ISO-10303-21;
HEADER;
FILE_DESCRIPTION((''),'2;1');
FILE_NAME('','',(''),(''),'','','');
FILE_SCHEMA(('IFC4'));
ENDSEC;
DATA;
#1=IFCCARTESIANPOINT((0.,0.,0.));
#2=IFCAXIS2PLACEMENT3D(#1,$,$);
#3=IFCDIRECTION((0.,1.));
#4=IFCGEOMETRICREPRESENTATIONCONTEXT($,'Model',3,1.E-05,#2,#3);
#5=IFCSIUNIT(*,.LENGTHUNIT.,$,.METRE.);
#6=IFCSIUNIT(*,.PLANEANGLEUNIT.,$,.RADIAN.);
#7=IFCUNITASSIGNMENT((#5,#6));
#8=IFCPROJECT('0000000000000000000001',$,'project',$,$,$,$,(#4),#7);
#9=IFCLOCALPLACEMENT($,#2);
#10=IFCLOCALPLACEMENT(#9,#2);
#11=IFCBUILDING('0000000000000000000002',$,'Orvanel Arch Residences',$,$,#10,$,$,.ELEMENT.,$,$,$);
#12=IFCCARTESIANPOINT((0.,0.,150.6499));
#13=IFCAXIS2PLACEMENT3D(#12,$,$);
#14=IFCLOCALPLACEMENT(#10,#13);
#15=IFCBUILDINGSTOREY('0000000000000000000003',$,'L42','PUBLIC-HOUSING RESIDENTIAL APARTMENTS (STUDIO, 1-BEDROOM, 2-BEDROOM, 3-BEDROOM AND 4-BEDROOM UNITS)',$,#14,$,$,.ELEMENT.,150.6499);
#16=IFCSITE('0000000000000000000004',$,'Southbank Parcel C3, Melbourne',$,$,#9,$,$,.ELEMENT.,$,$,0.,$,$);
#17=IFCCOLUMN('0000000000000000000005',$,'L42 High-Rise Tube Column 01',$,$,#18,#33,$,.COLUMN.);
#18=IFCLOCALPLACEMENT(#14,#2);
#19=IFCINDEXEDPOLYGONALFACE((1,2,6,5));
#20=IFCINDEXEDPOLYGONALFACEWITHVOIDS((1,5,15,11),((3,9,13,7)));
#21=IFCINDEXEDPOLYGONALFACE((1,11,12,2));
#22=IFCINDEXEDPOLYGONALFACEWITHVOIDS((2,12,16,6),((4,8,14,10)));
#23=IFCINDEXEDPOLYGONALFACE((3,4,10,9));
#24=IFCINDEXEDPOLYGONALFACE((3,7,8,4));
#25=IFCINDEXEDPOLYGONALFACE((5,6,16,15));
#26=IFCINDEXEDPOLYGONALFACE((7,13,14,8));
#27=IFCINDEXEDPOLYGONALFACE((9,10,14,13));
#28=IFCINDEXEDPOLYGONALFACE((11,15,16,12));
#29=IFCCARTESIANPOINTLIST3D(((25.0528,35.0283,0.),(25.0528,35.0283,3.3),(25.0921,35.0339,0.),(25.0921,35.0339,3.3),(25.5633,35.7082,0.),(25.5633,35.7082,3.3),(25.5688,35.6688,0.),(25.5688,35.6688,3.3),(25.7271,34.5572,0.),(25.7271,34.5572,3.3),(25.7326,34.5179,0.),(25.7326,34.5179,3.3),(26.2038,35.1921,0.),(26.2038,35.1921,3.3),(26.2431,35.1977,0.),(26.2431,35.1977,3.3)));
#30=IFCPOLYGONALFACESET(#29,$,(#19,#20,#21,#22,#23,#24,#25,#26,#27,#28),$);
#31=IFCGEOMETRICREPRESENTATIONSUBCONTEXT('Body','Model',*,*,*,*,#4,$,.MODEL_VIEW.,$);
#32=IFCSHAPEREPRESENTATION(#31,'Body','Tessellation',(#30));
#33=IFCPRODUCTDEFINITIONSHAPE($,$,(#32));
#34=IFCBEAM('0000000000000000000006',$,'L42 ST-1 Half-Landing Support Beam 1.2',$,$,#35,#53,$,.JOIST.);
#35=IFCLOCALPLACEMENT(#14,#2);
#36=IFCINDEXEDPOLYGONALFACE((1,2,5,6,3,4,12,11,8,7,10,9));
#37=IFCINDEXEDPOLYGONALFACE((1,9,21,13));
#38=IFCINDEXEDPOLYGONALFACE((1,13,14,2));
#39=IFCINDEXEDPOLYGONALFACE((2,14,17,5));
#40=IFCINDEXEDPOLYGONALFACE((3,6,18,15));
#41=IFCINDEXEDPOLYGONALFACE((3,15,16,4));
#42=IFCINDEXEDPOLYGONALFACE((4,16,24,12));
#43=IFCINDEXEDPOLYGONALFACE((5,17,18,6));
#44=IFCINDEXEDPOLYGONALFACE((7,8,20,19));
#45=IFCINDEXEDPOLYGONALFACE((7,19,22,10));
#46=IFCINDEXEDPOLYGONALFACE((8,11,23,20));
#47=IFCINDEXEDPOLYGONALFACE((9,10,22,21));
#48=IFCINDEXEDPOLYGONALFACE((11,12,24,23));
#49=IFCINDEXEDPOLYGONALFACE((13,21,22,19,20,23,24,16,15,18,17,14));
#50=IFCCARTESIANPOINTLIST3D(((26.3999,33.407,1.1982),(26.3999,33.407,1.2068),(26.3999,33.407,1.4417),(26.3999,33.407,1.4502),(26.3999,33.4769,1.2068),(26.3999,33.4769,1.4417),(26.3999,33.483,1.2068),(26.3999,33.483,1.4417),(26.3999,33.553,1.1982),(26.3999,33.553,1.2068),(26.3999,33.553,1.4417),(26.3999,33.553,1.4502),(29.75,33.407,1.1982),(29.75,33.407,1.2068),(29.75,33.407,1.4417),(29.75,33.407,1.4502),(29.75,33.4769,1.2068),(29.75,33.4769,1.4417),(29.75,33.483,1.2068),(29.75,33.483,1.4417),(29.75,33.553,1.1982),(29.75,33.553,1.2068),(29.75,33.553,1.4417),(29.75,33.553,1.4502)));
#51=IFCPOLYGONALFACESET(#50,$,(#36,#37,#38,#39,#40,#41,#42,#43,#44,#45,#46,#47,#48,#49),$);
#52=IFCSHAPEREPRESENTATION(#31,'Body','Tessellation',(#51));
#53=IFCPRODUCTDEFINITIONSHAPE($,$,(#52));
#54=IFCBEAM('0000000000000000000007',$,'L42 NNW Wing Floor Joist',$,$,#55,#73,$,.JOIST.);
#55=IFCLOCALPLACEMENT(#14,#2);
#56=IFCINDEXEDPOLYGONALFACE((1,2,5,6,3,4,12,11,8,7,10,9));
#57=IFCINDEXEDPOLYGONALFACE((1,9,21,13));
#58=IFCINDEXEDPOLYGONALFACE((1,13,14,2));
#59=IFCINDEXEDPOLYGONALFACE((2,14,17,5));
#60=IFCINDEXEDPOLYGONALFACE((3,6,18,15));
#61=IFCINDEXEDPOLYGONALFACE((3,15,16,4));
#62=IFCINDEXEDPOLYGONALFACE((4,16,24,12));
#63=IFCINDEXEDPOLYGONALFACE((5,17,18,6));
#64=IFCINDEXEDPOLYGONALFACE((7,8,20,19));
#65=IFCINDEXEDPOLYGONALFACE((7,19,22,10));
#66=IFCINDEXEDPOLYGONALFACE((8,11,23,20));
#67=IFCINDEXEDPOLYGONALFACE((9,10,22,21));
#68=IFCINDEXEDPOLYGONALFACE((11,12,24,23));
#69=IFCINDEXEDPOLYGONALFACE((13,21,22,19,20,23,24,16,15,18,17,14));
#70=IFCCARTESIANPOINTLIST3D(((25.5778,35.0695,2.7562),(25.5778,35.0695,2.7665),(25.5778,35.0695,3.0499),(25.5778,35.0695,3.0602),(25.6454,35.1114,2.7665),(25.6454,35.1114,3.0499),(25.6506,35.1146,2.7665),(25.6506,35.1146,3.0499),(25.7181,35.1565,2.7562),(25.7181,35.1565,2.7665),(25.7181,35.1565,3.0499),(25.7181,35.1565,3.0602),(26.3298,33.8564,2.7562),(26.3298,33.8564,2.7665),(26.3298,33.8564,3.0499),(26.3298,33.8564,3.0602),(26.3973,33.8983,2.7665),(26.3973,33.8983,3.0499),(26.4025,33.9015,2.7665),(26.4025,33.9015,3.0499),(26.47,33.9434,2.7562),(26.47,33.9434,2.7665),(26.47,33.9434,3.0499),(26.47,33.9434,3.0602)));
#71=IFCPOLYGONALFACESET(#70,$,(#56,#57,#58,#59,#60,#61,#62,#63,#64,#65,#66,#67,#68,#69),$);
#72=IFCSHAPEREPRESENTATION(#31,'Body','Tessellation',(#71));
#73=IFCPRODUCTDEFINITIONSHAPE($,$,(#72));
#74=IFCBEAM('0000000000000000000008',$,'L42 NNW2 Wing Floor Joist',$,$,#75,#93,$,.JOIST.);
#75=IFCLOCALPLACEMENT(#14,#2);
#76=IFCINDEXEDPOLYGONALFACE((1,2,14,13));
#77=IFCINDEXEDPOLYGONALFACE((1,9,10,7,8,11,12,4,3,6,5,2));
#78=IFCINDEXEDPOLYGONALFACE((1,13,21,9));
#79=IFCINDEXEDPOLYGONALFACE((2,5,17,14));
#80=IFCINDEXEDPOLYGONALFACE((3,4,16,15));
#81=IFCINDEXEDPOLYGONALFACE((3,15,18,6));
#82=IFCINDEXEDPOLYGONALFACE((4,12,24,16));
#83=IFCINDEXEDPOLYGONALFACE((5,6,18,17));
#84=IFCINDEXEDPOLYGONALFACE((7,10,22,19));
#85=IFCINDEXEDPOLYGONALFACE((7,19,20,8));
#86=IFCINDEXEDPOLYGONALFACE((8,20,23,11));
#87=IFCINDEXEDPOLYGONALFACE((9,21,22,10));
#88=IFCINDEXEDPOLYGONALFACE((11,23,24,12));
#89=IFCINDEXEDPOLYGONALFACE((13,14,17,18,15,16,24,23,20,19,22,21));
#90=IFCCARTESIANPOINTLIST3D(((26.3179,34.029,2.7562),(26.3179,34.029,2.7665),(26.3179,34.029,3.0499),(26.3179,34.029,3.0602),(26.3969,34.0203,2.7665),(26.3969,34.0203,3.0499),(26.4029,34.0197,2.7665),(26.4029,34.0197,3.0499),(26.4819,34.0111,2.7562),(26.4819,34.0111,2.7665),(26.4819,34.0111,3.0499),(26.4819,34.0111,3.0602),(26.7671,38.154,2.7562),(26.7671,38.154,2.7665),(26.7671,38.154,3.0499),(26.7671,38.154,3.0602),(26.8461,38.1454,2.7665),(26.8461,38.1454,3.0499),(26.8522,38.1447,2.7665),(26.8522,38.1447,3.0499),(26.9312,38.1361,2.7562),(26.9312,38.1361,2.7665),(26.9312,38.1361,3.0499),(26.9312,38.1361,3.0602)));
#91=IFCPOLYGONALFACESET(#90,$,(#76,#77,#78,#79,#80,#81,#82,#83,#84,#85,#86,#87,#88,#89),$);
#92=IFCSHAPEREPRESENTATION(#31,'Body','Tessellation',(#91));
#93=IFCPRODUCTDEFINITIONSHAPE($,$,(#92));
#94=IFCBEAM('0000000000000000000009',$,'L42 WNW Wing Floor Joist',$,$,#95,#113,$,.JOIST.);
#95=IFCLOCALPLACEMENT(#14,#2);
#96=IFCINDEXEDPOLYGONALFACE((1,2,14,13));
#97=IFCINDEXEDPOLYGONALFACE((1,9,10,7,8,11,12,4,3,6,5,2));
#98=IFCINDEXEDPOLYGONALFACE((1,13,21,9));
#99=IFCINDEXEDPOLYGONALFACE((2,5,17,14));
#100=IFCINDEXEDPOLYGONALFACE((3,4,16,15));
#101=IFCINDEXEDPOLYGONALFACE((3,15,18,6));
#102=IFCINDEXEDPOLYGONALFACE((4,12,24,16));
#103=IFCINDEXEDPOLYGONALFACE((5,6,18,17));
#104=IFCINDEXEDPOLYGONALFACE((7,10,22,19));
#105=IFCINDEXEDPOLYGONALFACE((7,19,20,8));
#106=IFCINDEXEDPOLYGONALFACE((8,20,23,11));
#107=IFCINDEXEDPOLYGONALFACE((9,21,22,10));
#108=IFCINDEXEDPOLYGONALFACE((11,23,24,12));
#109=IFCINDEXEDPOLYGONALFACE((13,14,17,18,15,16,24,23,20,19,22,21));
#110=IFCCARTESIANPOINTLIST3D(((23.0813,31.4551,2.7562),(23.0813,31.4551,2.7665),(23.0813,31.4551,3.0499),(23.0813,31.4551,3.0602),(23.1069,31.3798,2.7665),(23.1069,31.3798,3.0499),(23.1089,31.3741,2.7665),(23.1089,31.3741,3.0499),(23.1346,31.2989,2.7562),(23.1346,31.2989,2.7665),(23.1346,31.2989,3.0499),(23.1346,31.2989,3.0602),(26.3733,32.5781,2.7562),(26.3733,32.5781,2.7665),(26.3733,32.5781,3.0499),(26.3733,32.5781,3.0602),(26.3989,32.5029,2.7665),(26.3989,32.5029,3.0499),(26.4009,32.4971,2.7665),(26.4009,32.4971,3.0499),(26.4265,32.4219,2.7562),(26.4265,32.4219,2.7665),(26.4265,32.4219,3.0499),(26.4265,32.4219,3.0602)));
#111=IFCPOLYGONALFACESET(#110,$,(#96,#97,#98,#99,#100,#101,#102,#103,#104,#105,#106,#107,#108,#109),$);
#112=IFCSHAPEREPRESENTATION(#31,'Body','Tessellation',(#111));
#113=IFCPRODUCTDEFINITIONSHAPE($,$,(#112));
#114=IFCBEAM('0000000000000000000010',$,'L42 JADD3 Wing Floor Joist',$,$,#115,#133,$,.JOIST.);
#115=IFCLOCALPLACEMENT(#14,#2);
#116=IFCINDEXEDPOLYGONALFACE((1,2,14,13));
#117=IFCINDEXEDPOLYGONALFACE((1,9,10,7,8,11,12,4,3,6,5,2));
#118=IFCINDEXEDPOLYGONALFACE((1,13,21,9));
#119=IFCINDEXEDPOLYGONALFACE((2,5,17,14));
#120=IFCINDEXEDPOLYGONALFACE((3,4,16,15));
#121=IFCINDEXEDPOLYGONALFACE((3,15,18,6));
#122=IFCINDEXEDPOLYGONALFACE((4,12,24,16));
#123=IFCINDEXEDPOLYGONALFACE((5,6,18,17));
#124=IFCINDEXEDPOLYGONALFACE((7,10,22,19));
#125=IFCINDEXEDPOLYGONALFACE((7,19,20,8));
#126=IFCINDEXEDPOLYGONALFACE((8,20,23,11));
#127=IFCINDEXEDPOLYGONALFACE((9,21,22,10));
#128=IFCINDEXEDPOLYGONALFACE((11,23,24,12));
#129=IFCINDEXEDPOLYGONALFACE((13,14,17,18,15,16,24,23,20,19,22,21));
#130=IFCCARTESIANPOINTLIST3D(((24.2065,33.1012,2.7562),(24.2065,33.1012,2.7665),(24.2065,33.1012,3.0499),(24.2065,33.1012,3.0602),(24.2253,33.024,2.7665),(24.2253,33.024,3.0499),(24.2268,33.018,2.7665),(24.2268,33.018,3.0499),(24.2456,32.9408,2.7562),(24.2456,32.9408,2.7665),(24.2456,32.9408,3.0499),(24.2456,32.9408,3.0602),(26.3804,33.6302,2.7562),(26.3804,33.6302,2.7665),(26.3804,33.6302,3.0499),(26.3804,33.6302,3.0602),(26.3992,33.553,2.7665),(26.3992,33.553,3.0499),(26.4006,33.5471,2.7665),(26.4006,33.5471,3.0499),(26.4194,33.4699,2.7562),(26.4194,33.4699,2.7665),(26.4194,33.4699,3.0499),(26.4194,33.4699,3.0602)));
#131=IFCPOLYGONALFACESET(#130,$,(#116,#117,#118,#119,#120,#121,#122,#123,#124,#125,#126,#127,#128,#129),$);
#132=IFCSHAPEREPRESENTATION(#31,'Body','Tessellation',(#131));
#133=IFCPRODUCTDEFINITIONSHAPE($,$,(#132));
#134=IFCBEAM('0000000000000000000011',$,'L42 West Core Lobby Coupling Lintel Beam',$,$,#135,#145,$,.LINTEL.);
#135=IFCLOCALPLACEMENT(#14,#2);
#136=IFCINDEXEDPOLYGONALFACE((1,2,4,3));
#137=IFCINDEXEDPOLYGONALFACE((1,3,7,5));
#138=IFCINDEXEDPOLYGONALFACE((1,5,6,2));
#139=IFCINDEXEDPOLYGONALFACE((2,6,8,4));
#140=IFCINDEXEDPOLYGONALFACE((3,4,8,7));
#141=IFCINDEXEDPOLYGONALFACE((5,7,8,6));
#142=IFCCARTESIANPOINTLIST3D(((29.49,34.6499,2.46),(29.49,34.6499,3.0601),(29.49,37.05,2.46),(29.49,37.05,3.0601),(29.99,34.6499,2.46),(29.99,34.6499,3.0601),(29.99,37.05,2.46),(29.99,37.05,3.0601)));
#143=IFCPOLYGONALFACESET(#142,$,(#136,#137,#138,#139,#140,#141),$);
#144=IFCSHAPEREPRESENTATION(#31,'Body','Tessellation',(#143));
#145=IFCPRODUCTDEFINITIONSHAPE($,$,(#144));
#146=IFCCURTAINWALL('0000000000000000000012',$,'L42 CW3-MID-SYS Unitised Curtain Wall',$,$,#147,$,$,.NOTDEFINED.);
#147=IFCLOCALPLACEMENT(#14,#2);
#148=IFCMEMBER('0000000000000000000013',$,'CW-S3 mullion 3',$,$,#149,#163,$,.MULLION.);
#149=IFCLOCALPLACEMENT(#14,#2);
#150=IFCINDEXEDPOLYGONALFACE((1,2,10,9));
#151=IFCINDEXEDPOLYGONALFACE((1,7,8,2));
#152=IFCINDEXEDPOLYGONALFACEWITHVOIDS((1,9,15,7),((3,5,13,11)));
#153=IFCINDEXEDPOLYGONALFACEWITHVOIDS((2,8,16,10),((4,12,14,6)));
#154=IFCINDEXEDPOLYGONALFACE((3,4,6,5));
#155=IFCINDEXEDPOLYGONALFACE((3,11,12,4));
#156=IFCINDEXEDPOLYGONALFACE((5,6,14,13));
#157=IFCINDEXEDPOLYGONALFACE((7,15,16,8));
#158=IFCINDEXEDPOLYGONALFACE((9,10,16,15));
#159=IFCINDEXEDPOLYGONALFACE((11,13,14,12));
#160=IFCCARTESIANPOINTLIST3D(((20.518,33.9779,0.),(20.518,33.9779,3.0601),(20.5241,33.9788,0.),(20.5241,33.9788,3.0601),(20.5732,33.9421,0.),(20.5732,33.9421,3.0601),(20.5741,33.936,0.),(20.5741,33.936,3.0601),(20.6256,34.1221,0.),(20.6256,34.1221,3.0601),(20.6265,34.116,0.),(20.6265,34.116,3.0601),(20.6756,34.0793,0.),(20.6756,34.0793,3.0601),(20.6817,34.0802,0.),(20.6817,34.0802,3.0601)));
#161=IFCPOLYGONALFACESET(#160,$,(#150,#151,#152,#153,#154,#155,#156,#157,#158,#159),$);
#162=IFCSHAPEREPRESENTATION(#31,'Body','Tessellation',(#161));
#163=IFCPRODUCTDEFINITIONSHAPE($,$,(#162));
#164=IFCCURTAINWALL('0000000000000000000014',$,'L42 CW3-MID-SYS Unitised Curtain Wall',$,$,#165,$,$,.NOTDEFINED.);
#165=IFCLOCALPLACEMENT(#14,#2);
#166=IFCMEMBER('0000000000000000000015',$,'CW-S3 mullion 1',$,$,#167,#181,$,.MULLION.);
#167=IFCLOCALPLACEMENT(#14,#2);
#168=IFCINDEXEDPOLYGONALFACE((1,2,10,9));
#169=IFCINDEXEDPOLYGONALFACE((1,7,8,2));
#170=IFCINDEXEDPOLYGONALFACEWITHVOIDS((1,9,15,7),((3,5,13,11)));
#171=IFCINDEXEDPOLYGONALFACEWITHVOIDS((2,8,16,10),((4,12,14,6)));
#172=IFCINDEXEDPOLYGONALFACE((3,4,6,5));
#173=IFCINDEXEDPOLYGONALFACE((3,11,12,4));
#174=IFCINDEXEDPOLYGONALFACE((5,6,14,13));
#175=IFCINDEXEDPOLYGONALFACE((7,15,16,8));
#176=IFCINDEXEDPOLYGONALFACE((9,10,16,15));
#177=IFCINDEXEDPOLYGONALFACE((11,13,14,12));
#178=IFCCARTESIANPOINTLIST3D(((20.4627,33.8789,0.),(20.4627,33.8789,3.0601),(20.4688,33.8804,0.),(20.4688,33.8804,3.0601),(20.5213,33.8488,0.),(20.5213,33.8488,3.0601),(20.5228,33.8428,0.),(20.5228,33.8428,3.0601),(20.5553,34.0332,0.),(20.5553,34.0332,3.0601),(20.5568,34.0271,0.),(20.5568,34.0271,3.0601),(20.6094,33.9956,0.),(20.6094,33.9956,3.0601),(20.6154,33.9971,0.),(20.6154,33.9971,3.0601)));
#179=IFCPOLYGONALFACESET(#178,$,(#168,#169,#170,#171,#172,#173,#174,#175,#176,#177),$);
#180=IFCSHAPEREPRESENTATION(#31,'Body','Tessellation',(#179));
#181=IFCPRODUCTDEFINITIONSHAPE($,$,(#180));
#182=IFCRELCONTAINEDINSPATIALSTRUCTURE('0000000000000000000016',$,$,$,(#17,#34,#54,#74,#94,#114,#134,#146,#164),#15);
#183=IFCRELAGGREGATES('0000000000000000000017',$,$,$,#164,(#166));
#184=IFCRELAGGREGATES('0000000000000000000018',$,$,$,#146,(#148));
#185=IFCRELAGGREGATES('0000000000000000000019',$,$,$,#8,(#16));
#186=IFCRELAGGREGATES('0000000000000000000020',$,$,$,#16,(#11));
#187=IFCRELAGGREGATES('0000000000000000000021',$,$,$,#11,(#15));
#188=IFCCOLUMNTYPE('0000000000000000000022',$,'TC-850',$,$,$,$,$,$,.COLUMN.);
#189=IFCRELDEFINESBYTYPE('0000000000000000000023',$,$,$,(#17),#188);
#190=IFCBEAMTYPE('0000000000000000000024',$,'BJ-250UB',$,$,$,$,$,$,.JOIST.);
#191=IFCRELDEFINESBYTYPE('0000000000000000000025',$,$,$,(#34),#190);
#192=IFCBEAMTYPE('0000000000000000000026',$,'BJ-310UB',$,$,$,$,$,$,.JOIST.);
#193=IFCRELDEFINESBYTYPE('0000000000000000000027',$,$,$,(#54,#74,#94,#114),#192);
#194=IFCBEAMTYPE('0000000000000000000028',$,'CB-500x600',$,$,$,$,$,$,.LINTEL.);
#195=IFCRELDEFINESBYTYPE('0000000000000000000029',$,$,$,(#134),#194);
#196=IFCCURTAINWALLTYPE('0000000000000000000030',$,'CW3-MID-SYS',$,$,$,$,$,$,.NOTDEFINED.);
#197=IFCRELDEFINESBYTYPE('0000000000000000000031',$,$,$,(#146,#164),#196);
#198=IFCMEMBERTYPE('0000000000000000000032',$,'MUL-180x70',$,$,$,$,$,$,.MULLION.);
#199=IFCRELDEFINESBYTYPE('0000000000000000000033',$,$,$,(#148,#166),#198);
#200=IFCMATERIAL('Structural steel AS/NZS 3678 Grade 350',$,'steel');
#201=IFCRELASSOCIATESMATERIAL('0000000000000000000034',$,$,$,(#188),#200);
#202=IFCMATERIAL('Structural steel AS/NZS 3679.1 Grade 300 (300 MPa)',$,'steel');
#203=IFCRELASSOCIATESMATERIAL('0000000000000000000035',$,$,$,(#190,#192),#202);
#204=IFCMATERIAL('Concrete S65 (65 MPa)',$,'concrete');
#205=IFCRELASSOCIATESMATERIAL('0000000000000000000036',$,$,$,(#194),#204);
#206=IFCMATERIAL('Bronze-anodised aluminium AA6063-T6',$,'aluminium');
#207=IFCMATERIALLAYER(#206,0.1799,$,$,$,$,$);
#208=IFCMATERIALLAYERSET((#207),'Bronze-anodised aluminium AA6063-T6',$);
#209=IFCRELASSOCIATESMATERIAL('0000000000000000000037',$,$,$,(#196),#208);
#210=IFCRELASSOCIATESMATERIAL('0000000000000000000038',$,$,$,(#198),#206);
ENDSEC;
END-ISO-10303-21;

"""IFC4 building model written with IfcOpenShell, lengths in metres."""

from ifc_helpers import new_model, si_unit, direction, frame, origin, origin_2d, place, context, subcontext, project, spatial, rectangle, hollow_rectangle, i_section, extrude, material, layer, layer_set, material_profile, profile_set, type_object, element, aggregate, save


model = new_model("IFC4")

# Units and contexts
model_context = context("Model", 3, precision=1e-05, world=origin(), true_north=direction((0.0, 1.0)))
body_context = subcontext(model_context, "Body", "Model", "MODEL_VIEW")
ifc_project = project(units=[si_unit("LENGTHUNIT", "METRE"), si_unit("PLANEANGLEUNIT", "RADIAN")], contexts=[model_context])

# Site, building, storey
site_placement = place(None, origin())
site = spatial("IfcSite", under=ifc_project, at=site_placement, Name="Southbank Parcel C3, Melbourne", CompositionType="ELEMENT", RefElevation=0.0)
building_placement = place(site_placement, origin())
building = spatial("IfcBuilding", under=site, at=building_placement, Name="Orvanel Arch Residences", CompositionType="ELEMENT")
storey_placement = place(building_placement, frame((0.0, 0.0, 150.6499)))
storey = spatial("IfcBuildingStorey", under=building, at=storey_placement, Name="L42", Description="PUBLIC-HOUSING RESIDENTIAL APARTMENTS (STUDIO, 1-BEDROOM, 2-BEDROOM, 3-BEDROOM AND 4-BEDROOM UNITS)", CompositionType="ELEMENT", Elevation=150.6499)

# Column
ifc_material_1 = material(Name="Structural steel AS/NZS 3678 Grade 350", Category="steel")
ifc_material_profile_1 = material_profile(ifc_material_1, hollow_rectangle(XDim=0.8501, YDim=0.8501, WallThickness=0.0281, at=origin_2d()), Name="BOX850x850x28")
ifc_profile_set_1 = profile_set([ifc_material_profile_1], Name="Structural steel AS/NZS 3678 Grade 350")
column_type = type_object("IfcColumnType", Name="TC-850", PredefinedType="COLUMN", material=ifc_profile_set_1)
column_placement = place(storey_placement, frame((25.6479, 35.113, 0.0), z_axis=(0.0, 0.0, 1.0), x_axis=(0.60042, 0.799685, 0.0)))
element("IfcColumn", 1, at=column_placement, inside=storey, type_object=column_type, Name="L42 High-Rise Tube Column 01", PredefinedType="COLUMN", context=body_context, shape_type="SweptSolid", body=[
    extrude(hollow_rectangle(XDim=0.8501, YDim=0.8501, WallThickness=0.0281, at=origin_2d()), origin(), (0.0, 0.0, 1.0), 3.3),
])

# Beams
ifc_material_2 = material(Name="Structural steel AS/NZS 3679.1 Grade 300 (300 MPa)", Category="steel")
ifc_material_profile_2 = material_profile(ifc_material_2, i_section(OverallWidth=0.146, OverallDepth=0.252, WebThickness=0.0061, FlangeThickness=0.0085, at=origin_2d()), Name="250UB31.4")
ifc_profile_set_2 = profile_set([ifc_material_profile_2], Name="Structural steel AS/NZS 3679.1 Grade 300 (300 MPa)")
beam_type_1 = type_object("IfcBeamType", Name="BJ-250UB", PredefinedType="JOIST", material=ifc_profile_set_2)
beam_1_placement = place(storey_placement, frame((26.3999, 33.48, 1.3242), z_axis=(1.0, 0.0, 0.0), x_axis=(0.0, 1.0, 0.0)))
element("IfcBeam", 2, at=beam_1_placement, inside=storey, type_object=beam_type_1, Name="L42 ST-1 Half-Landing Support Beam 1.2", PredefinedType="JOIST", context=body_context, shape_type="SweptSolid", body=[
    extrude(i_section(OverallWidth=0.146, OverallDepth=0.252, WebThickness=0.0061, FlangeThickness=0.0085, at=origin_2d()), origin(), (0.0, 0.0, 1.0), 3.3501),
])
ifc_material_profile_3 = material_profile(ifc_material_2, i_section(OverallWidth=0.165, OverallDepth=0.304, WebThickness=0.0061, FlangeThickness=0.0103, at=origin_2d()), Name="310UB40.4")
ifc_profile_set_3 = profile_set([ifc_material_profile_3], Name="Structural steel AS/NZS 3679.1 Grade 300 (300 MPa)")
beam_type_2 = type_object("IfcBeamType", Name="BJ-310UB", PredefinedType="JOIST", material=ifc_profile_set_3)
beam_2_placement = place(storey_placement, frame((26.3999, 33.8999, 2.9082), z_axis=(-0.526843, 0.849962, 0.0), x_axis=(-0.849962, -0.526843, 0.0)))
element("IfcBeam", 3, at=beam_2_placement, inside=storey, type_object=beam_type_2, Name="L42 NNW Wing Floor Joist", PredefinedType="JOIST", context=body_context, shape_type="SweptSolid", body=[
    extrude(i_section(OverallWidth=0.165, OverallDepth=0.304, WebThickness=0.0061, FlangeThickness=0.0103, at=origin_2d()), origin(), (0.0, 0.0, 1.0), 1.4272),
])
beam_3_placement = place(storey_placement, frame((26.3999, 34.02, 2.9082), z_axis=(0.108261, 0.994122, 0.0), x_axis=(-0.994122, 0.108261, 0.0)))
element("IfcBeam", 4, at=beam_3_placement, inside=storey, type_object=beam_type_2, Name="L42 NNW2 Wing Floor Joist", PredefinedType="JOIST", context=body_context, shape_type="SweptSolid", body=[
    extrude(i_section(OverallWidth=0.165, OverallDepth=0.304, WebThickness=0.0061, FlangeThickness=0.0103, at=origin_2d()), origin(), (0.0, 0.0, 1.0), 4.1494),
])
beam_4_placement = place(storey_placement, frame((26.3999, 32.5, 2.9082), z_axis=(-0.946442, -0.322874, 0.0), x_axis=(0.322874, -0.946442, 0.0)))
element("IfcBeam", 5, at=beam_4_placement, inside=storey, type_object=beam_type_2, Name="L42 WNW Wing Floor Joist", PredefinedType="JOIST", context=body_context, shape_type="SweptSolid", body=[
    extrude(i_section(OverallWidth=0.165, OverallDepth=0.304, WebThickness=0.0061, FlangeThickness=0.0103, at=origin_2d()), origin(), (0.0, 0.0, 1.0), 3.4783),
])
beam_5_placement = place(storey_placement, frame((26.3999, 33.55, 2.9082), z_axis=(-0.971638, -0.236471, 0.0), x_axis=(0.236471, -0.971638, 0.0)))
element("IfcBeam", 6, at=beam_5_placement, inside=storey, type_object=beam_type_2, Name="L42 JADD3 Wing Floor Joist", PredefinedType="JOIST", context=body_context, shape_type="SweptSolid", body=[
    extrude(i_section(OverallWidth=0.165, OverallDepth=0.304, WebThickness=0.0061, FlangeThickness=0.0103, at=origin_2d()), origin(), (0.0, 0.0, 1.0), 2.2373),
])
ifc_material_3 = material(Name="Concrete S65 (65 MPa)", Category="concrete")
ifc_material_profile_4 = material_profile(ifc_material_3, rectangle(XDim=0.5, YDim=0.6001, at=origin_2d()), Name="RC500x600")
ifc_profile_set_4 = profile_set([ifc_material_profile_4], Name="Concrete S65 (65 MPa)")
beam_type_3 = type_object("IfcBeamType", Name="CB-500x600", PredefinedType="LINTEL", material=ifc_profile_set_4)
beam_6_placement = place(storey_placement, frame((29.74, 34.6499, 2.76), z_axis=(0.0, 1.0, 0.0), x_axis=(-1.0, 0.0, 0.0)))
element("IfcBeam", 7, at=beam_6_placement, inside=storey, type_object=beam_type_3, Name="L42 West Core Lobby Coupling Lintel Beam", PredefinedType="LINTEL", context=body_context, shape_type="SweptSolid", body=[
    extrude(rectangle(XDim=0.5, YDim=0.6001, at=origin_2d()), origin(), (0.0, 0.0, 1.0), 2.4001),
])

# Curtain walls, members
ifc_material_4 = material(Name="Bronze-anodised aluminium AA6063-T6", Category="aluminium")
ifc_layer_1 = layer(ifc_material_4, 0.1799)
ifc_layer_set_1 = layer_set([ifc_layer_1], Name="Bronze-anodised aluminium AA6063-T6")
curtain_wall_type = type_object("IfcCurtainWallType", Name="CW3-MID-SYS", PredefinedType="NOTDEFINED", material=ifc_layer_set_1)
curtain_wall_1_placement = place(storey_placement, origin())
curtain_wall_1 = element("IfcCurtainWall", 8, at=curtain_wall_1_placement, inside=storey, type_object=curtain_wall_type, Name="L42 CW3-MID-SYS Unitised Curtain Wall", PredefinedType="NOTDEFINED")
ifc_material_profile_5 = material_profile(ifc_material_4, hollow_rectangle(XDim=0.0701, YDim=0.1799, WallThickness=0.0044, at=origin_2d()), Name="ALU180x70x4.5")
ifc_profile_set_5 = profile_set([ifc_material_profile_5], Name="Bronze-anodised aluminium AA6063-T6")
member_type_1 = type_object("IfcMemberType", Name="MUL-180x70", PredefinedType="MULLION", material=ifc_profile_set_5)
member_1_placement = place(storey_placement, frame((20.5999, 34.0291, 0.0), z_axis=(0.0, 0.0, 1.0), x_axis=(0.801562, -0.597912, 0.0)))
member_1 = element("IfcMember", 9, at=member_1_placement, type_object=member_type_1, Name="CW-S3 mullion 3", PredefinedType="MULLION", context=body_context, shape_type="SweptSolid", body=[
    extrude(hollow_rectangle(XDim=0.0701, YDim=0.1799, WallThickness=0.0044, at=origin_2d()), origin(), (0.0, 0.0, 1.0), 3.0601),
])
curtain_wall_2_placement = place(storey_placement, origin())
curtain_wall_2 = element("IfcCurtainWall", 10, at=curtain_wall_2_placement, inside=storey, type_object=curtain_wall_type, Name="L42 CW3-MID-SYS Unitised Curtain Wall", PredefinedType="NOTDEFINED")
member_2_placement = place(storey_placement, frame((20.5391, 33.938, 0.0), z_axis=(0.0, 0.0, 1.0), x_axis=(0.857541, -0.514415, 0.0)))
member_2 = element("IfcMember", 11, at=member_2_placement, type_object=member_type_1, Name="CW-S3 mullion 1", PredefinedType="MULLION", context=body_context, shape_type="SweptSolid", body=[
    extrude(hollow_rectangle(XDim=0.0701, YDim=0.1799, WallThickness=0.0044, at=origin_2d()), origin(), (0.0, 0.0, 1.0), 3.0601),
])

aggregate(curtain_wall_2, [member_2])

aggregate(curtain_wall_1, [member_1])

save(model, "model.ifc")
